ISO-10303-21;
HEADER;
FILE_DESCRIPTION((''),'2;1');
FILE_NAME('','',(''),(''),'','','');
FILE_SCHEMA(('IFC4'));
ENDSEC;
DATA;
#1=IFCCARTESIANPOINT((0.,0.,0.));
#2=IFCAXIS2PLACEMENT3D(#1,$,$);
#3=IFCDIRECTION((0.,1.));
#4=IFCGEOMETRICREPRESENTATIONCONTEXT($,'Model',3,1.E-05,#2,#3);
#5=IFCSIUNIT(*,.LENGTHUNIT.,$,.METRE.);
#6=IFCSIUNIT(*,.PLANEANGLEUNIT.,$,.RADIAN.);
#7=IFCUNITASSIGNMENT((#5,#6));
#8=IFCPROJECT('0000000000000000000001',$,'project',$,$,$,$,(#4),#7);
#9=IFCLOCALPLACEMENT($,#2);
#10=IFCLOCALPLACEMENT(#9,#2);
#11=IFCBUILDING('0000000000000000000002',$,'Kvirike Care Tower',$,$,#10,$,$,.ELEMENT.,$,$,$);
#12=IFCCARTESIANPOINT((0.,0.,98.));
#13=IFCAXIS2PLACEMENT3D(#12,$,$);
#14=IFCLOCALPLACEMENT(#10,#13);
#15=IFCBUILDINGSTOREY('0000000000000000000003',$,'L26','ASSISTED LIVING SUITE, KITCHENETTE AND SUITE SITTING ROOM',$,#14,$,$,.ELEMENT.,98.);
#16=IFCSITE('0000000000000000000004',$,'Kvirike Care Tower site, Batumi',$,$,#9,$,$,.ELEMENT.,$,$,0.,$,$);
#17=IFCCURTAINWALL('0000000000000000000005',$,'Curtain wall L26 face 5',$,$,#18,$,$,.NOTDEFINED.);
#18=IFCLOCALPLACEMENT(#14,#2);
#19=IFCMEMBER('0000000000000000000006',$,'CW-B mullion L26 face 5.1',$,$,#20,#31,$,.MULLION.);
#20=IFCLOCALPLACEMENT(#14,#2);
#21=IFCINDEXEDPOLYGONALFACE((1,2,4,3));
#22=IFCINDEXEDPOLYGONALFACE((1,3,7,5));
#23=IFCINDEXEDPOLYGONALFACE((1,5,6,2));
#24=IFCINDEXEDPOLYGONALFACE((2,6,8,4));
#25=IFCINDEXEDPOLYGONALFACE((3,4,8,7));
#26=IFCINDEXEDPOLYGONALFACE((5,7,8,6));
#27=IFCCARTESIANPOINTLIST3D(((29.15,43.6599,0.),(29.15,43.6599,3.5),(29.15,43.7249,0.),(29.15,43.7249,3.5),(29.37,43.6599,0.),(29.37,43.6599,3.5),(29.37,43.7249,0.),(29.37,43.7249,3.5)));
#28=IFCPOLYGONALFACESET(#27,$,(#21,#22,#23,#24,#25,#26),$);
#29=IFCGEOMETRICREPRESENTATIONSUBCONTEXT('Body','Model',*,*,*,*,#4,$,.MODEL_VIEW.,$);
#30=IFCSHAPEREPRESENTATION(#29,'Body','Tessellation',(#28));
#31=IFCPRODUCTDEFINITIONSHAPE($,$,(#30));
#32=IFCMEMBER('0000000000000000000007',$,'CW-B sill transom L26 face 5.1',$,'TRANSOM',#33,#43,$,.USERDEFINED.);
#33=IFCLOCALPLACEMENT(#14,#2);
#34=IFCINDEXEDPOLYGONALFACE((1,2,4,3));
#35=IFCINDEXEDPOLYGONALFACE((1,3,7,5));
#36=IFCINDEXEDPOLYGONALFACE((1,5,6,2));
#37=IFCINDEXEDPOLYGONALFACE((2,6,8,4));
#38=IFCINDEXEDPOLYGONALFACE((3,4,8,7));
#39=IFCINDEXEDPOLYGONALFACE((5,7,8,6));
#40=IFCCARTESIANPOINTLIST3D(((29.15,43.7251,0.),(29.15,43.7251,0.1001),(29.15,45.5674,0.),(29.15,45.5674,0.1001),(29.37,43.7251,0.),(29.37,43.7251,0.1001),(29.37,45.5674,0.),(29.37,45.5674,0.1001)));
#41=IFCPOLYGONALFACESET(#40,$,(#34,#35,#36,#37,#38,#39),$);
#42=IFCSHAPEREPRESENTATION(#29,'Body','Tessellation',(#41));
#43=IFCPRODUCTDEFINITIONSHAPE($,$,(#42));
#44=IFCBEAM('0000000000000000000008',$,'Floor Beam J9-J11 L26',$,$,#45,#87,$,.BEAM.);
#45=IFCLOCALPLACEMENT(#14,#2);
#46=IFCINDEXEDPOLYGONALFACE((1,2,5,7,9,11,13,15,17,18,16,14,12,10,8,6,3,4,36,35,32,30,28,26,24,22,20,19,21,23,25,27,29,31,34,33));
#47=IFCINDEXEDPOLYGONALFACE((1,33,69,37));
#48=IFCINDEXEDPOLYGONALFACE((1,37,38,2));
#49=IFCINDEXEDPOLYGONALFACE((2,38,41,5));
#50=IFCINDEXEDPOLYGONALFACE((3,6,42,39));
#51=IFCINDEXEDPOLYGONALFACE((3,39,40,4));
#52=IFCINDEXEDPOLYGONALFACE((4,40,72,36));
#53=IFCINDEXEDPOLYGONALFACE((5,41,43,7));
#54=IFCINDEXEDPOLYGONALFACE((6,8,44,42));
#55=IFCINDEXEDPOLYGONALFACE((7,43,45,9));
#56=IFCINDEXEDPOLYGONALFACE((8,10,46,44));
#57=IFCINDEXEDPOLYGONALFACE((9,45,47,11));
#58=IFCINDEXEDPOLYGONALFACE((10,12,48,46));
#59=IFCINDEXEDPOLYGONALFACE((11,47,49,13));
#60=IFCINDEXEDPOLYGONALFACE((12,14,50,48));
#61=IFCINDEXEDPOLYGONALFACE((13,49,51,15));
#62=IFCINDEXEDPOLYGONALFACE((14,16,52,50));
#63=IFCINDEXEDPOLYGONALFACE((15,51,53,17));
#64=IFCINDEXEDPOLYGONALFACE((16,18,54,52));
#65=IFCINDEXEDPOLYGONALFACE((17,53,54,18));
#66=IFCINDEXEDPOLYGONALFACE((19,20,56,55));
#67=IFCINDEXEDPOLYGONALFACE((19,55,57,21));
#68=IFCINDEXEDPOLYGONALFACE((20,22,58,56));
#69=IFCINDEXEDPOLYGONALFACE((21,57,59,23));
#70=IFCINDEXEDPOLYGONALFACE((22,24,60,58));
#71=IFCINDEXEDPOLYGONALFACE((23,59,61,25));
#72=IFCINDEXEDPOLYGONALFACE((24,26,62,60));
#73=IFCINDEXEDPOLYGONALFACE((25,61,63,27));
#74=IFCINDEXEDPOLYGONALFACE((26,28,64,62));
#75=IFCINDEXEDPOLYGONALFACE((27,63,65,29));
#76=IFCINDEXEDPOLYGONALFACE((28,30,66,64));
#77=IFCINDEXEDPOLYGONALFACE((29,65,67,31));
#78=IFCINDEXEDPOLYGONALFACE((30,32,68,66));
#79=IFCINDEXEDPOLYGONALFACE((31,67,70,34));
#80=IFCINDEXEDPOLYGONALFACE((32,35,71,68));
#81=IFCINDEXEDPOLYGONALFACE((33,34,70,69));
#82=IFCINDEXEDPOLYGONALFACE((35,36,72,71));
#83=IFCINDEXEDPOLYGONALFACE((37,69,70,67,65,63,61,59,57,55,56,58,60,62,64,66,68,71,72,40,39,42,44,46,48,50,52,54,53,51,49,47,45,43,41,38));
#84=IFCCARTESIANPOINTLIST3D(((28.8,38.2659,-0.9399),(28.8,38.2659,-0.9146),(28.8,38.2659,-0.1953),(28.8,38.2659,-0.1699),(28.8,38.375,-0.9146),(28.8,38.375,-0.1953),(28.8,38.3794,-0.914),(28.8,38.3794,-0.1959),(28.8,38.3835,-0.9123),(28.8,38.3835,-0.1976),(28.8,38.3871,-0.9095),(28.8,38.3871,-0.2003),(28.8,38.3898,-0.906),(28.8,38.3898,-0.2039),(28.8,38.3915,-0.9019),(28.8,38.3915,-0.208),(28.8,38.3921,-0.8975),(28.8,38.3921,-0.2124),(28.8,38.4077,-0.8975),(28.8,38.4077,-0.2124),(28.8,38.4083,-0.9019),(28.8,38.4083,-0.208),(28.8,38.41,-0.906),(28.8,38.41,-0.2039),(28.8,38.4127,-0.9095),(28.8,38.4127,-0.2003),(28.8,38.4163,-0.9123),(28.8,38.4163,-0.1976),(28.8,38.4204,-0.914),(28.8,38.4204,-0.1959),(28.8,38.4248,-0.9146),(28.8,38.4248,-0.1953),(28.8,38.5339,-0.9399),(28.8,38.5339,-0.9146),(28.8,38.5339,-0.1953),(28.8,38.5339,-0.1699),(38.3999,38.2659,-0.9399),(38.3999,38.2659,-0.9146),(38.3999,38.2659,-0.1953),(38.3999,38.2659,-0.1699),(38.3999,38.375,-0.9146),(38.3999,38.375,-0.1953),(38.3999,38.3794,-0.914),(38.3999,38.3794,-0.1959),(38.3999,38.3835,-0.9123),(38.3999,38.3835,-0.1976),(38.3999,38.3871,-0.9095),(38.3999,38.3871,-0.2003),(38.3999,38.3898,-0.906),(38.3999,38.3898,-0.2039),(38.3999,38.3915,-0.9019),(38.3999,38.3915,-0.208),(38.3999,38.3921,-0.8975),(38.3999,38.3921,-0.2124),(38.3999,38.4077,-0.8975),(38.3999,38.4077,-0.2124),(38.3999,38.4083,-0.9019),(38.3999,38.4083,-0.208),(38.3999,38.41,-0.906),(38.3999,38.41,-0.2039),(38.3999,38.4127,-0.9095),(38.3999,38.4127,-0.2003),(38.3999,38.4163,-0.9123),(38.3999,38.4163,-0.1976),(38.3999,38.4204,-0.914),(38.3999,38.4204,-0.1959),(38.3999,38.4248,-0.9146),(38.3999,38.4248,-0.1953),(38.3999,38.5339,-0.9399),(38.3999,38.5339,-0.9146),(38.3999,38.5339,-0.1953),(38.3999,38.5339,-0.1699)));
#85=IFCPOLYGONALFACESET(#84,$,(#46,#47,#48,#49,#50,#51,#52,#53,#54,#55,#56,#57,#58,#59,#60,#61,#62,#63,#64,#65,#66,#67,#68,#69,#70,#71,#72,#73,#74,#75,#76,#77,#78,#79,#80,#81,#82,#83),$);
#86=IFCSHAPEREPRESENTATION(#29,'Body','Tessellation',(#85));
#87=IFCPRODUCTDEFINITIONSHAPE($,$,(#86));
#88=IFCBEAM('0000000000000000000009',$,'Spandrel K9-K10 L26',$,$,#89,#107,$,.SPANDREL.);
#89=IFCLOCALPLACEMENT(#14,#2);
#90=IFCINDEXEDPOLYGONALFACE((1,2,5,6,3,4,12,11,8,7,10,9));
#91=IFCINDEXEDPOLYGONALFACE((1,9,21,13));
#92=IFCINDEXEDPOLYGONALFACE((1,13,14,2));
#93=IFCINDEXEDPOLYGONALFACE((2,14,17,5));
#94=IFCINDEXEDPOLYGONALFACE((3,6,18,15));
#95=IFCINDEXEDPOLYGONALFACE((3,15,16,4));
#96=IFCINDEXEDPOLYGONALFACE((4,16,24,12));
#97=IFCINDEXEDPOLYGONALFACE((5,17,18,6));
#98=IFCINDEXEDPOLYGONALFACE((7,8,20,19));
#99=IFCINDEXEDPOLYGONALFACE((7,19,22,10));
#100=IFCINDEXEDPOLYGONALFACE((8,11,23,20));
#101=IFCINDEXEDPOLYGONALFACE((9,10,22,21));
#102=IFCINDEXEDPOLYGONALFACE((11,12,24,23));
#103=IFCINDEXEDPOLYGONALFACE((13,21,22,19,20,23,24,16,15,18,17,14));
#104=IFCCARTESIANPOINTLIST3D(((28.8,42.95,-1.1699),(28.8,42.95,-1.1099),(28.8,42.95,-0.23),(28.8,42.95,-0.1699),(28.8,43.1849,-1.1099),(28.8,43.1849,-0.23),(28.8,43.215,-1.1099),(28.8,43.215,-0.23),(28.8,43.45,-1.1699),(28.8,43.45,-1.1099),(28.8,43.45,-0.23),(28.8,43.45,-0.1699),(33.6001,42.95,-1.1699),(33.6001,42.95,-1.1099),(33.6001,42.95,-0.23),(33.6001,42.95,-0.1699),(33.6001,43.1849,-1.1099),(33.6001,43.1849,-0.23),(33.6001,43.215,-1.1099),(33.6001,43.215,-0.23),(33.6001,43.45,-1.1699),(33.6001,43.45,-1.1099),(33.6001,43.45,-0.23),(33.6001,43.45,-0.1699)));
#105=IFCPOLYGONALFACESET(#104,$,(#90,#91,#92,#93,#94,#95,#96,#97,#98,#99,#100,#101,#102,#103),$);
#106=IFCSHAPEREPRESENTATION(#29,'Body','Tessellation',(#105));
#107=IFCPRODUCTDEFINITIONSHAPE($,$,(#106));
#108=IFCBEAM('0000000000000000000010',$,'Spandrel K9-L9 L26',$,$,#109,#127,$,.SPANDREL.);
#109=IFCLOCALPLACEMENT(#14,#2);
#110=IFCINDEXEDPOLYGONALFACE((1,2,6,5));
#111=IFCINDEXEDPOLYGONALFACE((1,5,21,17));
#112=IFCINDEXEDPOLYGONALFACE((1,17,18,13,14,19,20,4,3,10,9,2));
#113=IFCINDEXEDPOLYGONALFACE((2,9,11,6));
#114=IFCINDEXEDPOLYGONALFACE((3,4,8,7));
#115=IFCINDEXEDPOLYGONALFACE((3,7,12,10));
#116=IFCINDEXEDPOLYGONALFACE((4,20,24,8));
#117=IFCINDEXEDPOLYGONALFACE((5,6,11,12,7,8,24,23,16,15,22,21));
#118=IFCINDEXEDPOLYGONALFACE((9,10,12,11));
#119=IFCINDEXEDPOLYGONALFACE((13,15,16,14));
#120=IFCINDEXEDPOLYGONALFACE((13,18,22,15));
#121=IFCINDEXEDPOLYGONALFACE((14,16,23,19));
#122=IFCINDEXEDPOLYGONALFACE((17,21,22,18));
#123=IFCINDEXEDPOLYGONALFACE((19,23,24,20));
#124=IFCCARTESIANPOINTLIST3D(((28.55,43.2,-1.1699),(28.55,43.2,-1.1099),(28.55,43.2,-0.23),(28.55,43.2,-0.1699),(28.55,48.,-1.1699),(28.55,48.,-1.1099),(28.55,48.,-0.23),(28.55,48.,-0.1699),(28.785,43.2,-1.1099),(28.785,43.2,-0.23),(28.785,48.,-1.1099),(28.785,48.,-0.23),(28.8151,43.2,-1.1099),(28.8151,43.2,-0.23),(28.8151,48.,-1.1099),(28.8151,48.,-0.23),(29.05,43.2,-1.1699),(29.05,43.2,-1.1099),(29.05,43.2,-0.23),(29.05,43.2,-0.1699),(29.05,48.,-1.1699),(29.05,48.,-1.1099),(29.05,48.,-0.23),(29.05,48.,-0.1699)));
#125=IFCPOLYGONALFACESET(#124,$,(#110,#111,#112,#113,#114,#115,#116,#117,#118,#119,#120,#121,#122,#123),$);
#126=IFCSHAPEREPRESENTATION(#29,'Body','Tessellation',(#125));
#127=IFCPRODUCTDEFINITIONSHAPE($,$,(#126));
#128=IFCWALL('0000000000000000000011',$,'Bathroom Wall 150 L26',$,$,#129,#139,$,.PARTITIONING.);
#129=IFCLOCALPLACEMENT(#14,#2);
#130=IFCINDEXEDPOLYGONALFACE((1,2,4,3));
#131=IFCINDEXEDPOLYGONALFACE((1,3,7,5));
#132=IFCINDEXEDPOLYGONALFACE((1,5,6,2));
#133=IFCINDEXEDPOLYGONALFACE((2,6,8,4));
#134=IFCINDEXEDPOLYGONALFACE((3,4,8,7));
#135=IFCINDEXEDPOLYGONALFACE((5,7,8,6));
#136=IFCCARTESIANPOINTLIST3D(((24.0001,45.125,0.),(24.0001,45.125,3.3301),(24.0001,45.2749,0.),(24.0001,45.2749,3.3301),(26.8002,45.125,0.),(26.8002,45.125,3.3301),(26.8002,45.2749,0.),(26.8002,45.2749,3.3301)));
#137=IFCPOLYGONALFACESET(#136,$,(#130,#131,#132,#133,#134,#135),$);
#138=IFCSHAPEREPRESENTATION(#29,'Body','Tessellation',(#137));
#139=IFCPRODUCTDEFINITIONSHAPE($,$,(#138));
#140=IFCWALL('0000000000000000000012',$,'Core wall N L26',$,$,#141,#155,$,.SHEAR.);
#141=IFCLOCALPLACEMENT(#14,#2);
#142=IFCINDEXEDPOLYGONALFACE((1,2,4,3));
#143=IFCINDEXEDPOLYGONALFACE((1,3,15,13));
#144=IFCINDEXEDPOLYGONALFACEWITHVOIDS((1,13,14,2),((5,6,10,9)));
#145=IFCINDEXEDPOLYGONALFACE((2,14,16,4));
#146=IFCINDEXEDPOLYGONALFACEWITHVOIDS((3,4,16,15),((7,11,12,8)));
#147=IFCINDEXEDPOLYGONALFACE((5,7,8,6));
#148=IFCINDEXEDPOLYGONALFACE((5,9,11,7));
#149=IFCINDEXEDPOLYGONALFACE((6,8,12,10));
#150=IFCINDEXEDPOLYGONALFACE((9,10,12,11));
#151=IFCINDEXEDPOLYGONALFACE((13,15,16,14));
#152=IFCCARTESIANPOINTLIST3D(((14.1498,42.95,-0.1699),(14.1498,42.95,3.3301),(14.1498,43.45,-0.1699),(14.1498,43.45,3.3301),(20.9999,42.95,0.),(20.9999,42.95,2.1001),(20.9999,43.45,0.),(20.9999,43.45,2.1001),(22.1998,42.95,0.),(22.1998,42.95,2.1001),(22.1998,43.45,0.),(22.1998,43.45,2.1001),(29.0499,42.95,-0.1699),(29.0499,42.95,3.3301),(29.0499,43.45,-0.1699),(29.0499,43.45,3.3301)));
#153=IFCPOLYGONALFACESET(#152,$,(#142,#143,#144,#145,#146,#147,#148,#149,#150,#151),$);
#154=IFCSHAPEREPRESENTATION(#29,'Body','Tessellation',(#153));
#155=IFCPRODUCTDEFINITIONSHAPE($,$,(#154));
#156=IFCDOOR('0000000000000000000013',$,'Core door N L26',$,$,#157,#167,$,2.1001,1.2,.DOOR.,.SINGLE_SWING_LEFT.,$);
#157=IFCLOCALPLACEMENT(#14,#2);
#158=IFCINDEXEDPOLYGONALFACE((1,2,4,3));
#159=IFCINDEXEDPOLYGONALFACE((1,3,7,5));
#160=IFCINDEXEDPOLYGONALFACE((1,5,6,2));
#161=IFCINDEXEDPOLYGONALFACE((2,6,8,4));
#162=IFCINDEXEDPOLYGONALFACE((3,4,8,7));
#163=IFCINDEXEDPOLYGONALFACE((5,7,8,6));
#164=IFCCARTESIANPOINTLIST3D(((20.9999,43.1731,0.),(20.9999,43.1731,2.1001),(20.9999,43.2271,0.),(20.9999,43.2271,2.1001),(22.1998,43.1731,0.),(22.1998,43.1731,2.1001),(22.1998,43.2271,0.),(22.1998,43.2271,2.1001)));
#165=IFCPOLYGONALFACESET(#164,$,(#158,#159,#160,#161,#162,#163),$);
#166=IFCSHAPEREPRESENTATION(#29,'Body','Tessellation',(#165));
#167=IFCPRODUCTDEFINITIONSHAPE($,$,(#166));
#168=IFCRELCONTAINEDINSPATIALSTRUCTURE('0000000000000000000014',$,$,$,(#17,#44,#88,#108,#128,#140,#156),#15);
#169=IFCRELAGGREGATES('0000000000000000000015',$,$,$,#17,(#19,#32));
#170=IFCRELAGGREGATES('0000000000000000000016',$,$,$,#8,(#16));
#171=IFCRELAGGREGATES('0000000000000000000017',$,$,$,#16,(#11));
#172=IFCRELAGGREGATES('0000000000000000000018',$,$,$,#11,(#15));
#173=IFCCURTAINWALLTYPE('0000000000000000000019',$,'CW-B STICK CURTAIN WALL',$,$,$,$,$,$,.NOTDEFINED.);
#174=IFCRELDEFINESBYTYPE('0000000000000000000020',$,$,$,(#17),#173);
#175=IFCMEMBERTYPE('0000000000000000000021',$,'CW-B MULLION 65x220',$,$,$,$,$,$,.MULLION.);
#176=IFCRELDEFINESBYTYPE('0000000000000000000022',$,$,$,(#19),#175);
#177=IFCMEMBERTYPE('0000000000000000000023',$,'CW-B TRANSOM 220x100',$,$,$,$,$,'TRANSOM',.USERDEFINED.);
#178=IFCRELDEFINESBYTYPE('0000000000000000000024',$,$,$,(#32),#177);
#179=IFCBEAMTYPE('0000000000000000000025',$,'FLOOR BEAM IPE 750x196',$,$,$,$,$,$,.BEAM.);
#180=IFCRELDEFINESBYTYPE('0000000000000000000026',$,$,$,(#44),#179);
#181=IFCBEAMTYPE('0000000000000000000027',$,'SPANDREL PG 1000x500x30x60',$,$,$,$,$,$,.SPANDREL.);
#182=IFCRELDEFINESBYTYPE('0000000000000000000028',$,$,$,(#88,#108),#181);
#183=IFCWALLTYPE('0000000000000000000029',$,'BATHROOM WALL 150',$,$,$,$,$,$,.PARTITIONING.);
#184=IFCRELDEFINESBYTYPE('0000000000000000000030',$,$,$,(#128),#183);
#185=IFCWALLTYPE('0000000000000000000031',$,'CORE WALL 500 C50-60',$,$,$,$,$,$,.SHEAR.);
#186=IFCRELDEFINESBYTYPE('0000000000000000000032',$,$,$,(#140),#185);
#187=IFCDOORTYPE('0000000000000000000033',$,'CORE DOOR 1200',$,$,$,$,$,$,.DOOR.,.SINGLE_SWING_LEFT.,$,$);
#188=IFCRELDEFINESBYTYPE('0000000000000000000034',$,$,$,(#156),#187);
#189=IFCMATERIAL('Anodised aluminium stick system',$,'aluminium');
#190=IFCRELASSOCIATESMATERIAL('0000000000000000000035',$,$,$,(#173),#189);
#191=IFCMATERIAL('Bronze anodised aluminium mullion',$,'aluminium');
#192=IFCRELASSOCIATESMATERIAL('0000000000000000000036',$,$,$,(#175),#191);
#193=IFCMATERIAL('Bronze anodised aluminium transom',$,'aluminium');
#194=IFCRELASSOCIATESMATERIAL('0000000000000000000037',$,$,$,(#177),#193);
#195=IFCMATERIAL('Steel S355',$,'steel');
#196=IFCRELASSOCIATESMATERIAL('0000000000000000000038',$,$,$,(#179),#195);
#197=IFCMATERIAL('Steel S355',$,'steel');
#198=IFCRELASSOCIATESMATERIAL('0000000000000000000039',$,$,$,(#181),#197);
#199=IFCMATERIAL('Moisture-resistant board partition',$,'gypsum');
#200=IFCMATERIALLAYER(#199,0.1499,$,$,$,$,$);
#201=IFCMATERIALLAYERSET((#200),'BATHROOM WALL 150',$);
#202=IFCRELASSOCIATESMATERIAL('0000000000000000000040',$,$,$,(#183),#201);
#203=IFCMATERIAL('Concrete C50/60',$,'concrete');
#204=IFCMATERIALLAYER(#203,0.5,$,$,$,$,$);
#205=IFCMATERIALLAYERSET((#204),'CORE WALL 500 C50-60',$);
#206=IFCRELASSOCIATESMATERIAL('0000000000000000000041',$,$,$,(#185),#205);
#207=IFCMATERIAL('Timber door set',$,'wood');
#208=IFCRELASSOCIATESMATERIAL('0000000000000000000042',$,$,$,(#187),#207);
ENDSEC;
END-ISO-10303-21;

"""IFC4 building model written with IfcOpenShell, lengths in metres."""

from ifc_helpers import new_model, si_unit, direction, frame, frame_2d, origin, origin_2d, place, context, subcontext, project, spatial, rectangle, i_section, extrude, material, layer, layer_set, material_profile, profile_set, type_object, element, fill, aggregate, save


model = new_model("IFC4")

# Units and contexts
model_context = context("Model", 3, precision=1e-05, world=origin(), true_north=direction((0.0, 1.0)))
body_context = subcontext(model_context, "Body", "Model", "MODEL_VIEW")
ifc_project = project(units=[si_unit("LENGTHUNIT", "METRE"), si_unit("PLANEANGLEUNIT", "RADIAN")], contexts=[model_context])

# Site, building, storey
site_placement = place(None, origin())
site = spatial("IfcSite", under=ifc_project, at=site_placement, Name="Kvirike Care Tower site, Batumi", CompositionType="ELEMENT", RefElevation=0.0)
building_placement = place(site_placement, origin())
building = spatial("IfcBuilding", under=site, at=building_placement, Name="Kvirike Care Tower", CompositionType="ELEMENT")
storey_placement = place(building_placement, frame((0.0, 0.0, 98.0)))
storey = spatial("IfcBuildingStorey", under=building, at=storey_placement, Name="L26", Description="ASSISTED LIVING SUITE, KITCHENETTE AND SUITE SITTING ROOM", CompositionType="ELEMENT", Elevation=98.0)

# Curtain wall, members
ifc_material_1 = material(Name="Anodised aluminium stick system", Category="aluminium")
curtain_wall_type = type_object("IfcCurtainWallType", Name="CW-B STICK CURTAIN WALL", PredefinedType="NOTDEFINED", material=ifc_material_1)
curtain_wall_placement = place(storey_placement, origin())
curtain_wall = element("IfcCurtainWall", 1, at=curtain_wall_placement, inside=storey, type_object=curtain_wall_type, Name="Curtain wall L26 face 5", PredefinedType="NOTDEFINED")
ifc_material_2 = material(Name="Bronze anodised aluminium mullion", Category="aluminium")
ifc_material_profile_1 = material_profile(ifc_material_2, rectangle(XDim=0.0649, YDim=0.22, at=origin_2d()), Name="CW-B MULLION 65x220")
ifc_profile_set_1 = profile_set([ifc_material_profile_1], Name="Bronze anodised aluminium mullion")
member_type_1 = type_object("IfcMemberType", Name="CW-B MULLION 65x220", PredefinedType="MULLION", material=ifc_profile_set_1)
member_1_placement = place(storey_placement, frame((29.26, 43.6924, 0.0), z_axis=(0.0, 0.0, 1.0), x_axis=(0.0, 1.0, 0.0)))
member_1 = element("IfcMember", 2, at=member_1_placement, type_object=member_type_1, Name="CW-B mullion L26 face 5.1", PredefinedType="MULLION", context=body_context, shape_type="SweptSolid", body=[
    extrude(rectangle(XDim=0.0649, YDim=0.22, at=origin_2d()), origin(), (0.0, 0.0, 1.0), 3.5),
])
ifc_material_3 = material(Name="Bronze anodised aluminium transom", Category="aluminium")
ifc_material_profile_2 = material_profile(ifc_material_3, rectangle(XDim=0.22, YDim=0.1001, at=origin_2d()), Name="CW-B TRANSOM 220x100")
ifc_profile_set_2 = profile_set([ifc_material_profile_2], Name="Bronze anodised aluminium transom")
member_type_2 = type_object("IfcMemberType", Name="CW-B TRANSOM 220x100", ElementType="TRANSOM", PredefinedType="USERDEFINED", material=ifc_profile_set_2)
member_2_placement = place(storey_placement, frame((29.26, 43.7251, 0.05), z_axis=(0.0, 1.0, 0.0), x_axis=(-1.0, 0.0, 0.0)))
member_2 = element("IfcMember", 3, at=member_2_placement, type_object=member_type_2, Name="CW-B sill transom L26 face 5.1", ObjectType="TRANSOM", PredefinedType="USERDEFINED", context=body_context, shape_type="SweptSolid", body=[
    extrude(rectangle(XDim=0.22, YDim=0.1001, at=origin_2d()), origin(), (0.0, 0.0, 1.0), 1.8423),
])
aggregate(curtain_wall, [member_1, member_2])

# Beams
ifc_material_4 = material(Name="Steel S355", Category="steel")
ifc_material_profile_3 = material_profile(ifc_material_4, i_section(OverallWidth=0.2681, OverallDepth=0.77, WebThickness=0.0156, FlangeThickness=0.0254, FilletRadius=0.0171, at=origin_2d()), Name="IPE 750x196")
ifc_profile_set_3 = profile_set([ifc_material_profile_3], Name="Steel S355")
beam_type_1 = type_object("IfcBeamType", Name="FLOOR BEAM IPE 750x196", PredefinedType="BEAM", material=ifc_profile_set_3)
beam_placement = place(storey_placement, frame((28.8, 38.3999, -0.5549), z_axis=(1.0, 0.0, 0.0), x_axis=(0.0, 1.0, 0.0)))
element("IfcBeam", 4, at=beam_placement, inside=storey, type_object=beam_type_1, Name="Floor Beam J9-J11 L26", PredefinedType="BEAM", context=body_context, shape_type="SweptSolid", body=[
    extrude(i_section(OverallWidth=0.2681, OverallDepth=0.77, WebThickness=0.0156, FlangeThickness=0.0254, FilletRadius=0.0171, at=origin_2d()), origin(), (0.0, 0.0, 1.0), 9.5999),
])
ifc_material_5 = material(Name="Steel S355", Category="steel")
ifc_material_profile_4 = material_profile(ifc_material_5, i_section(OverallWidth=0.5, OverallDepth=1.0, WebThickness=0.03, FlangeThickness=0.0601, at=origin_2d()), Name="PG 1000x500x30x60")
ifc_profile_set_4 = profile_set([ifc_material_profile_4], Name="Steel S355")
beam_type_2 = type_object("IfcBeamType", Name="SPANDREL PG 1000x500x30x60", PredefinedType="SPANDREL", material=ifc_profile_set_4)
for number, where, z_axis, x_axis, name in (
    (5, (28.8, 43.2, -0.6699), (1.0, 0.0, 0.0), (0.0, 1.0, 0.0), "Spandrel K9-K10 L26"),
    (6, (28.8, 43.2, -0.6699), (0.0, 1.0, 0.0), (-1.0, 0.0, 0.0), "Spandrel K9-L9 L26"),
):
    element("IfcBeam", number, at=place(storey_placement, frame(where, z_axis=z_axis, x_axis=x_axis)), inside=storey, type_object=beam_type_2, Name=name, PredefinedType="SPANDREL", context=body_context, shape_type="SweptSolid", body=[
        extrude(i_section(OverallWidth=0.5, OverallDepth=1.0, WebThickness=0.03, FlangeThickness=0.0601, at=origin_2d()), origin(), (0.0, 0.0, 1.0), 4.8),
    ])

# Wall
ifc_material_6 = material(Name="Moisture-resistant board partition", Category="gypsum")
ifc_layer_1 = layer(ifc_material_6, 0.1499)
ifc_layer_set_1 = layer_set([ifc_layer_1], Name="BATHROOM WALL 150")
wall_type_1 = type_object("IfcWallType", Name="BATHROOM WALL 150", PredefinedType="PARTITIONING", material=ifc_layer_set_1)
wall_1_placement = place(storey_placement, frame((26.8, 45.2, 0.0), z_axis=(0.0, 0.0, 1.0), x_axis=(-1.0, 0.0, 0.0)))
element("IfcWall", 7, at=wall_1_placement, inside=storey, type_object=wall_type_1, Name="Bathroom Wall 150 L26", PredefinedType="PARTITIONING", context=body_context, shape_type="SweptSolid", body=[
    extrude(rectangle(XDim=2.8, YDim=0.1499, at=frame_2d((1.3999, 0.0))), origin(), (0.0, 0.0, 1.0), 3.3301),
])

# Wall, opening, door
ifc_material_7 = material(Name="Concrete C50/60", Category="concrete")
ifc_layer_2 = layer(ifc_material_7, 0.5)
ifc_layer_set_2 = layer_set([ifc_layer_2], Name="CORE WALL 500 C50-60")
wall_type_2 = type_object("IfcWallType", Name="CORE WALL 500 C50-60", PredefinedType="SHEAR", material=ifc_layer_set_2)
wall_2_placement = place(storey_placement, frame((29.05, 43.2, -0.1699), z_axis=(0.0, 0.0, 1.0), x_axis=(-1.0, 0.0, 0.0)))
wall_2 = element("IfcWall", 8, at=wall_2_placement, inside=storey, type_object=wall_type_2, Name="Core wall N L26", PredefinedType="SHEAR", context=body_context, shape_type="SweptSolid", body=[
    extrude(rectangle(XDim=14.9001, YDim=0.5, at=frame_2d((7.4502, 0.0))), origin(), (0.0, 0.0, 1.0), 3.5),
])
opening_1_placement = place(wall_2_placement, frame((6.8501, 0.0, 0.1699)))
opening_1 = element("IfcOpeningElement", 9, at=opening_1_placement, cuts=wall_2, PredefinedType="OPENING", context=body_context, shape_type="SweptSolid", body=[
    extrude(rectangle(XDim=1.2, YDim=2.1001, at=frame_2d((0.6001, 1.05))), frame((0.0, 0.2605, 0.0), z_axis=(0.0, -1.0, 0.0), x_axis=(1.0, 0.0, 0.0)), (0.0, 0.0, 1.0), 0.521),
])
ifc_material_8 = material(Name="Timber door set", Category="wood")
door_type_1 = type_object("IfcDoorType", Name="CORE DOOR 1200", OperationType="SINGLE_SWING_LEFT", PredefinedType="DOOR", material=ifc_material_8)
door_1_placement = place(opening_1_placement, origin())
door_1 = element("IfcDoor", 10, at=door_1_placement, inside=storey, type_object=door_type_1, Name="Core door N L26", OperationType="SINGLE_SWING_LEFT", OverallHeight=2.1001, OverallWidth=1.2, PredefinedType="DOOR", context=body_context, shape_type="SweptSolid", body=[
    extrude(rectangle(XDim=1.2, YDim=2.1001, at=frame_2d((0.6001, 1.05))), frame((0.0, 0.0269, 0.0), z_axis=(0.0, -1.0, 0.0), x_axis=(1.0, 0.0, 0.0)), (0.0, 0.0, 1.0), 0.054),
])
fill(opening_1, door_1)

save(model, "model.ifc")
